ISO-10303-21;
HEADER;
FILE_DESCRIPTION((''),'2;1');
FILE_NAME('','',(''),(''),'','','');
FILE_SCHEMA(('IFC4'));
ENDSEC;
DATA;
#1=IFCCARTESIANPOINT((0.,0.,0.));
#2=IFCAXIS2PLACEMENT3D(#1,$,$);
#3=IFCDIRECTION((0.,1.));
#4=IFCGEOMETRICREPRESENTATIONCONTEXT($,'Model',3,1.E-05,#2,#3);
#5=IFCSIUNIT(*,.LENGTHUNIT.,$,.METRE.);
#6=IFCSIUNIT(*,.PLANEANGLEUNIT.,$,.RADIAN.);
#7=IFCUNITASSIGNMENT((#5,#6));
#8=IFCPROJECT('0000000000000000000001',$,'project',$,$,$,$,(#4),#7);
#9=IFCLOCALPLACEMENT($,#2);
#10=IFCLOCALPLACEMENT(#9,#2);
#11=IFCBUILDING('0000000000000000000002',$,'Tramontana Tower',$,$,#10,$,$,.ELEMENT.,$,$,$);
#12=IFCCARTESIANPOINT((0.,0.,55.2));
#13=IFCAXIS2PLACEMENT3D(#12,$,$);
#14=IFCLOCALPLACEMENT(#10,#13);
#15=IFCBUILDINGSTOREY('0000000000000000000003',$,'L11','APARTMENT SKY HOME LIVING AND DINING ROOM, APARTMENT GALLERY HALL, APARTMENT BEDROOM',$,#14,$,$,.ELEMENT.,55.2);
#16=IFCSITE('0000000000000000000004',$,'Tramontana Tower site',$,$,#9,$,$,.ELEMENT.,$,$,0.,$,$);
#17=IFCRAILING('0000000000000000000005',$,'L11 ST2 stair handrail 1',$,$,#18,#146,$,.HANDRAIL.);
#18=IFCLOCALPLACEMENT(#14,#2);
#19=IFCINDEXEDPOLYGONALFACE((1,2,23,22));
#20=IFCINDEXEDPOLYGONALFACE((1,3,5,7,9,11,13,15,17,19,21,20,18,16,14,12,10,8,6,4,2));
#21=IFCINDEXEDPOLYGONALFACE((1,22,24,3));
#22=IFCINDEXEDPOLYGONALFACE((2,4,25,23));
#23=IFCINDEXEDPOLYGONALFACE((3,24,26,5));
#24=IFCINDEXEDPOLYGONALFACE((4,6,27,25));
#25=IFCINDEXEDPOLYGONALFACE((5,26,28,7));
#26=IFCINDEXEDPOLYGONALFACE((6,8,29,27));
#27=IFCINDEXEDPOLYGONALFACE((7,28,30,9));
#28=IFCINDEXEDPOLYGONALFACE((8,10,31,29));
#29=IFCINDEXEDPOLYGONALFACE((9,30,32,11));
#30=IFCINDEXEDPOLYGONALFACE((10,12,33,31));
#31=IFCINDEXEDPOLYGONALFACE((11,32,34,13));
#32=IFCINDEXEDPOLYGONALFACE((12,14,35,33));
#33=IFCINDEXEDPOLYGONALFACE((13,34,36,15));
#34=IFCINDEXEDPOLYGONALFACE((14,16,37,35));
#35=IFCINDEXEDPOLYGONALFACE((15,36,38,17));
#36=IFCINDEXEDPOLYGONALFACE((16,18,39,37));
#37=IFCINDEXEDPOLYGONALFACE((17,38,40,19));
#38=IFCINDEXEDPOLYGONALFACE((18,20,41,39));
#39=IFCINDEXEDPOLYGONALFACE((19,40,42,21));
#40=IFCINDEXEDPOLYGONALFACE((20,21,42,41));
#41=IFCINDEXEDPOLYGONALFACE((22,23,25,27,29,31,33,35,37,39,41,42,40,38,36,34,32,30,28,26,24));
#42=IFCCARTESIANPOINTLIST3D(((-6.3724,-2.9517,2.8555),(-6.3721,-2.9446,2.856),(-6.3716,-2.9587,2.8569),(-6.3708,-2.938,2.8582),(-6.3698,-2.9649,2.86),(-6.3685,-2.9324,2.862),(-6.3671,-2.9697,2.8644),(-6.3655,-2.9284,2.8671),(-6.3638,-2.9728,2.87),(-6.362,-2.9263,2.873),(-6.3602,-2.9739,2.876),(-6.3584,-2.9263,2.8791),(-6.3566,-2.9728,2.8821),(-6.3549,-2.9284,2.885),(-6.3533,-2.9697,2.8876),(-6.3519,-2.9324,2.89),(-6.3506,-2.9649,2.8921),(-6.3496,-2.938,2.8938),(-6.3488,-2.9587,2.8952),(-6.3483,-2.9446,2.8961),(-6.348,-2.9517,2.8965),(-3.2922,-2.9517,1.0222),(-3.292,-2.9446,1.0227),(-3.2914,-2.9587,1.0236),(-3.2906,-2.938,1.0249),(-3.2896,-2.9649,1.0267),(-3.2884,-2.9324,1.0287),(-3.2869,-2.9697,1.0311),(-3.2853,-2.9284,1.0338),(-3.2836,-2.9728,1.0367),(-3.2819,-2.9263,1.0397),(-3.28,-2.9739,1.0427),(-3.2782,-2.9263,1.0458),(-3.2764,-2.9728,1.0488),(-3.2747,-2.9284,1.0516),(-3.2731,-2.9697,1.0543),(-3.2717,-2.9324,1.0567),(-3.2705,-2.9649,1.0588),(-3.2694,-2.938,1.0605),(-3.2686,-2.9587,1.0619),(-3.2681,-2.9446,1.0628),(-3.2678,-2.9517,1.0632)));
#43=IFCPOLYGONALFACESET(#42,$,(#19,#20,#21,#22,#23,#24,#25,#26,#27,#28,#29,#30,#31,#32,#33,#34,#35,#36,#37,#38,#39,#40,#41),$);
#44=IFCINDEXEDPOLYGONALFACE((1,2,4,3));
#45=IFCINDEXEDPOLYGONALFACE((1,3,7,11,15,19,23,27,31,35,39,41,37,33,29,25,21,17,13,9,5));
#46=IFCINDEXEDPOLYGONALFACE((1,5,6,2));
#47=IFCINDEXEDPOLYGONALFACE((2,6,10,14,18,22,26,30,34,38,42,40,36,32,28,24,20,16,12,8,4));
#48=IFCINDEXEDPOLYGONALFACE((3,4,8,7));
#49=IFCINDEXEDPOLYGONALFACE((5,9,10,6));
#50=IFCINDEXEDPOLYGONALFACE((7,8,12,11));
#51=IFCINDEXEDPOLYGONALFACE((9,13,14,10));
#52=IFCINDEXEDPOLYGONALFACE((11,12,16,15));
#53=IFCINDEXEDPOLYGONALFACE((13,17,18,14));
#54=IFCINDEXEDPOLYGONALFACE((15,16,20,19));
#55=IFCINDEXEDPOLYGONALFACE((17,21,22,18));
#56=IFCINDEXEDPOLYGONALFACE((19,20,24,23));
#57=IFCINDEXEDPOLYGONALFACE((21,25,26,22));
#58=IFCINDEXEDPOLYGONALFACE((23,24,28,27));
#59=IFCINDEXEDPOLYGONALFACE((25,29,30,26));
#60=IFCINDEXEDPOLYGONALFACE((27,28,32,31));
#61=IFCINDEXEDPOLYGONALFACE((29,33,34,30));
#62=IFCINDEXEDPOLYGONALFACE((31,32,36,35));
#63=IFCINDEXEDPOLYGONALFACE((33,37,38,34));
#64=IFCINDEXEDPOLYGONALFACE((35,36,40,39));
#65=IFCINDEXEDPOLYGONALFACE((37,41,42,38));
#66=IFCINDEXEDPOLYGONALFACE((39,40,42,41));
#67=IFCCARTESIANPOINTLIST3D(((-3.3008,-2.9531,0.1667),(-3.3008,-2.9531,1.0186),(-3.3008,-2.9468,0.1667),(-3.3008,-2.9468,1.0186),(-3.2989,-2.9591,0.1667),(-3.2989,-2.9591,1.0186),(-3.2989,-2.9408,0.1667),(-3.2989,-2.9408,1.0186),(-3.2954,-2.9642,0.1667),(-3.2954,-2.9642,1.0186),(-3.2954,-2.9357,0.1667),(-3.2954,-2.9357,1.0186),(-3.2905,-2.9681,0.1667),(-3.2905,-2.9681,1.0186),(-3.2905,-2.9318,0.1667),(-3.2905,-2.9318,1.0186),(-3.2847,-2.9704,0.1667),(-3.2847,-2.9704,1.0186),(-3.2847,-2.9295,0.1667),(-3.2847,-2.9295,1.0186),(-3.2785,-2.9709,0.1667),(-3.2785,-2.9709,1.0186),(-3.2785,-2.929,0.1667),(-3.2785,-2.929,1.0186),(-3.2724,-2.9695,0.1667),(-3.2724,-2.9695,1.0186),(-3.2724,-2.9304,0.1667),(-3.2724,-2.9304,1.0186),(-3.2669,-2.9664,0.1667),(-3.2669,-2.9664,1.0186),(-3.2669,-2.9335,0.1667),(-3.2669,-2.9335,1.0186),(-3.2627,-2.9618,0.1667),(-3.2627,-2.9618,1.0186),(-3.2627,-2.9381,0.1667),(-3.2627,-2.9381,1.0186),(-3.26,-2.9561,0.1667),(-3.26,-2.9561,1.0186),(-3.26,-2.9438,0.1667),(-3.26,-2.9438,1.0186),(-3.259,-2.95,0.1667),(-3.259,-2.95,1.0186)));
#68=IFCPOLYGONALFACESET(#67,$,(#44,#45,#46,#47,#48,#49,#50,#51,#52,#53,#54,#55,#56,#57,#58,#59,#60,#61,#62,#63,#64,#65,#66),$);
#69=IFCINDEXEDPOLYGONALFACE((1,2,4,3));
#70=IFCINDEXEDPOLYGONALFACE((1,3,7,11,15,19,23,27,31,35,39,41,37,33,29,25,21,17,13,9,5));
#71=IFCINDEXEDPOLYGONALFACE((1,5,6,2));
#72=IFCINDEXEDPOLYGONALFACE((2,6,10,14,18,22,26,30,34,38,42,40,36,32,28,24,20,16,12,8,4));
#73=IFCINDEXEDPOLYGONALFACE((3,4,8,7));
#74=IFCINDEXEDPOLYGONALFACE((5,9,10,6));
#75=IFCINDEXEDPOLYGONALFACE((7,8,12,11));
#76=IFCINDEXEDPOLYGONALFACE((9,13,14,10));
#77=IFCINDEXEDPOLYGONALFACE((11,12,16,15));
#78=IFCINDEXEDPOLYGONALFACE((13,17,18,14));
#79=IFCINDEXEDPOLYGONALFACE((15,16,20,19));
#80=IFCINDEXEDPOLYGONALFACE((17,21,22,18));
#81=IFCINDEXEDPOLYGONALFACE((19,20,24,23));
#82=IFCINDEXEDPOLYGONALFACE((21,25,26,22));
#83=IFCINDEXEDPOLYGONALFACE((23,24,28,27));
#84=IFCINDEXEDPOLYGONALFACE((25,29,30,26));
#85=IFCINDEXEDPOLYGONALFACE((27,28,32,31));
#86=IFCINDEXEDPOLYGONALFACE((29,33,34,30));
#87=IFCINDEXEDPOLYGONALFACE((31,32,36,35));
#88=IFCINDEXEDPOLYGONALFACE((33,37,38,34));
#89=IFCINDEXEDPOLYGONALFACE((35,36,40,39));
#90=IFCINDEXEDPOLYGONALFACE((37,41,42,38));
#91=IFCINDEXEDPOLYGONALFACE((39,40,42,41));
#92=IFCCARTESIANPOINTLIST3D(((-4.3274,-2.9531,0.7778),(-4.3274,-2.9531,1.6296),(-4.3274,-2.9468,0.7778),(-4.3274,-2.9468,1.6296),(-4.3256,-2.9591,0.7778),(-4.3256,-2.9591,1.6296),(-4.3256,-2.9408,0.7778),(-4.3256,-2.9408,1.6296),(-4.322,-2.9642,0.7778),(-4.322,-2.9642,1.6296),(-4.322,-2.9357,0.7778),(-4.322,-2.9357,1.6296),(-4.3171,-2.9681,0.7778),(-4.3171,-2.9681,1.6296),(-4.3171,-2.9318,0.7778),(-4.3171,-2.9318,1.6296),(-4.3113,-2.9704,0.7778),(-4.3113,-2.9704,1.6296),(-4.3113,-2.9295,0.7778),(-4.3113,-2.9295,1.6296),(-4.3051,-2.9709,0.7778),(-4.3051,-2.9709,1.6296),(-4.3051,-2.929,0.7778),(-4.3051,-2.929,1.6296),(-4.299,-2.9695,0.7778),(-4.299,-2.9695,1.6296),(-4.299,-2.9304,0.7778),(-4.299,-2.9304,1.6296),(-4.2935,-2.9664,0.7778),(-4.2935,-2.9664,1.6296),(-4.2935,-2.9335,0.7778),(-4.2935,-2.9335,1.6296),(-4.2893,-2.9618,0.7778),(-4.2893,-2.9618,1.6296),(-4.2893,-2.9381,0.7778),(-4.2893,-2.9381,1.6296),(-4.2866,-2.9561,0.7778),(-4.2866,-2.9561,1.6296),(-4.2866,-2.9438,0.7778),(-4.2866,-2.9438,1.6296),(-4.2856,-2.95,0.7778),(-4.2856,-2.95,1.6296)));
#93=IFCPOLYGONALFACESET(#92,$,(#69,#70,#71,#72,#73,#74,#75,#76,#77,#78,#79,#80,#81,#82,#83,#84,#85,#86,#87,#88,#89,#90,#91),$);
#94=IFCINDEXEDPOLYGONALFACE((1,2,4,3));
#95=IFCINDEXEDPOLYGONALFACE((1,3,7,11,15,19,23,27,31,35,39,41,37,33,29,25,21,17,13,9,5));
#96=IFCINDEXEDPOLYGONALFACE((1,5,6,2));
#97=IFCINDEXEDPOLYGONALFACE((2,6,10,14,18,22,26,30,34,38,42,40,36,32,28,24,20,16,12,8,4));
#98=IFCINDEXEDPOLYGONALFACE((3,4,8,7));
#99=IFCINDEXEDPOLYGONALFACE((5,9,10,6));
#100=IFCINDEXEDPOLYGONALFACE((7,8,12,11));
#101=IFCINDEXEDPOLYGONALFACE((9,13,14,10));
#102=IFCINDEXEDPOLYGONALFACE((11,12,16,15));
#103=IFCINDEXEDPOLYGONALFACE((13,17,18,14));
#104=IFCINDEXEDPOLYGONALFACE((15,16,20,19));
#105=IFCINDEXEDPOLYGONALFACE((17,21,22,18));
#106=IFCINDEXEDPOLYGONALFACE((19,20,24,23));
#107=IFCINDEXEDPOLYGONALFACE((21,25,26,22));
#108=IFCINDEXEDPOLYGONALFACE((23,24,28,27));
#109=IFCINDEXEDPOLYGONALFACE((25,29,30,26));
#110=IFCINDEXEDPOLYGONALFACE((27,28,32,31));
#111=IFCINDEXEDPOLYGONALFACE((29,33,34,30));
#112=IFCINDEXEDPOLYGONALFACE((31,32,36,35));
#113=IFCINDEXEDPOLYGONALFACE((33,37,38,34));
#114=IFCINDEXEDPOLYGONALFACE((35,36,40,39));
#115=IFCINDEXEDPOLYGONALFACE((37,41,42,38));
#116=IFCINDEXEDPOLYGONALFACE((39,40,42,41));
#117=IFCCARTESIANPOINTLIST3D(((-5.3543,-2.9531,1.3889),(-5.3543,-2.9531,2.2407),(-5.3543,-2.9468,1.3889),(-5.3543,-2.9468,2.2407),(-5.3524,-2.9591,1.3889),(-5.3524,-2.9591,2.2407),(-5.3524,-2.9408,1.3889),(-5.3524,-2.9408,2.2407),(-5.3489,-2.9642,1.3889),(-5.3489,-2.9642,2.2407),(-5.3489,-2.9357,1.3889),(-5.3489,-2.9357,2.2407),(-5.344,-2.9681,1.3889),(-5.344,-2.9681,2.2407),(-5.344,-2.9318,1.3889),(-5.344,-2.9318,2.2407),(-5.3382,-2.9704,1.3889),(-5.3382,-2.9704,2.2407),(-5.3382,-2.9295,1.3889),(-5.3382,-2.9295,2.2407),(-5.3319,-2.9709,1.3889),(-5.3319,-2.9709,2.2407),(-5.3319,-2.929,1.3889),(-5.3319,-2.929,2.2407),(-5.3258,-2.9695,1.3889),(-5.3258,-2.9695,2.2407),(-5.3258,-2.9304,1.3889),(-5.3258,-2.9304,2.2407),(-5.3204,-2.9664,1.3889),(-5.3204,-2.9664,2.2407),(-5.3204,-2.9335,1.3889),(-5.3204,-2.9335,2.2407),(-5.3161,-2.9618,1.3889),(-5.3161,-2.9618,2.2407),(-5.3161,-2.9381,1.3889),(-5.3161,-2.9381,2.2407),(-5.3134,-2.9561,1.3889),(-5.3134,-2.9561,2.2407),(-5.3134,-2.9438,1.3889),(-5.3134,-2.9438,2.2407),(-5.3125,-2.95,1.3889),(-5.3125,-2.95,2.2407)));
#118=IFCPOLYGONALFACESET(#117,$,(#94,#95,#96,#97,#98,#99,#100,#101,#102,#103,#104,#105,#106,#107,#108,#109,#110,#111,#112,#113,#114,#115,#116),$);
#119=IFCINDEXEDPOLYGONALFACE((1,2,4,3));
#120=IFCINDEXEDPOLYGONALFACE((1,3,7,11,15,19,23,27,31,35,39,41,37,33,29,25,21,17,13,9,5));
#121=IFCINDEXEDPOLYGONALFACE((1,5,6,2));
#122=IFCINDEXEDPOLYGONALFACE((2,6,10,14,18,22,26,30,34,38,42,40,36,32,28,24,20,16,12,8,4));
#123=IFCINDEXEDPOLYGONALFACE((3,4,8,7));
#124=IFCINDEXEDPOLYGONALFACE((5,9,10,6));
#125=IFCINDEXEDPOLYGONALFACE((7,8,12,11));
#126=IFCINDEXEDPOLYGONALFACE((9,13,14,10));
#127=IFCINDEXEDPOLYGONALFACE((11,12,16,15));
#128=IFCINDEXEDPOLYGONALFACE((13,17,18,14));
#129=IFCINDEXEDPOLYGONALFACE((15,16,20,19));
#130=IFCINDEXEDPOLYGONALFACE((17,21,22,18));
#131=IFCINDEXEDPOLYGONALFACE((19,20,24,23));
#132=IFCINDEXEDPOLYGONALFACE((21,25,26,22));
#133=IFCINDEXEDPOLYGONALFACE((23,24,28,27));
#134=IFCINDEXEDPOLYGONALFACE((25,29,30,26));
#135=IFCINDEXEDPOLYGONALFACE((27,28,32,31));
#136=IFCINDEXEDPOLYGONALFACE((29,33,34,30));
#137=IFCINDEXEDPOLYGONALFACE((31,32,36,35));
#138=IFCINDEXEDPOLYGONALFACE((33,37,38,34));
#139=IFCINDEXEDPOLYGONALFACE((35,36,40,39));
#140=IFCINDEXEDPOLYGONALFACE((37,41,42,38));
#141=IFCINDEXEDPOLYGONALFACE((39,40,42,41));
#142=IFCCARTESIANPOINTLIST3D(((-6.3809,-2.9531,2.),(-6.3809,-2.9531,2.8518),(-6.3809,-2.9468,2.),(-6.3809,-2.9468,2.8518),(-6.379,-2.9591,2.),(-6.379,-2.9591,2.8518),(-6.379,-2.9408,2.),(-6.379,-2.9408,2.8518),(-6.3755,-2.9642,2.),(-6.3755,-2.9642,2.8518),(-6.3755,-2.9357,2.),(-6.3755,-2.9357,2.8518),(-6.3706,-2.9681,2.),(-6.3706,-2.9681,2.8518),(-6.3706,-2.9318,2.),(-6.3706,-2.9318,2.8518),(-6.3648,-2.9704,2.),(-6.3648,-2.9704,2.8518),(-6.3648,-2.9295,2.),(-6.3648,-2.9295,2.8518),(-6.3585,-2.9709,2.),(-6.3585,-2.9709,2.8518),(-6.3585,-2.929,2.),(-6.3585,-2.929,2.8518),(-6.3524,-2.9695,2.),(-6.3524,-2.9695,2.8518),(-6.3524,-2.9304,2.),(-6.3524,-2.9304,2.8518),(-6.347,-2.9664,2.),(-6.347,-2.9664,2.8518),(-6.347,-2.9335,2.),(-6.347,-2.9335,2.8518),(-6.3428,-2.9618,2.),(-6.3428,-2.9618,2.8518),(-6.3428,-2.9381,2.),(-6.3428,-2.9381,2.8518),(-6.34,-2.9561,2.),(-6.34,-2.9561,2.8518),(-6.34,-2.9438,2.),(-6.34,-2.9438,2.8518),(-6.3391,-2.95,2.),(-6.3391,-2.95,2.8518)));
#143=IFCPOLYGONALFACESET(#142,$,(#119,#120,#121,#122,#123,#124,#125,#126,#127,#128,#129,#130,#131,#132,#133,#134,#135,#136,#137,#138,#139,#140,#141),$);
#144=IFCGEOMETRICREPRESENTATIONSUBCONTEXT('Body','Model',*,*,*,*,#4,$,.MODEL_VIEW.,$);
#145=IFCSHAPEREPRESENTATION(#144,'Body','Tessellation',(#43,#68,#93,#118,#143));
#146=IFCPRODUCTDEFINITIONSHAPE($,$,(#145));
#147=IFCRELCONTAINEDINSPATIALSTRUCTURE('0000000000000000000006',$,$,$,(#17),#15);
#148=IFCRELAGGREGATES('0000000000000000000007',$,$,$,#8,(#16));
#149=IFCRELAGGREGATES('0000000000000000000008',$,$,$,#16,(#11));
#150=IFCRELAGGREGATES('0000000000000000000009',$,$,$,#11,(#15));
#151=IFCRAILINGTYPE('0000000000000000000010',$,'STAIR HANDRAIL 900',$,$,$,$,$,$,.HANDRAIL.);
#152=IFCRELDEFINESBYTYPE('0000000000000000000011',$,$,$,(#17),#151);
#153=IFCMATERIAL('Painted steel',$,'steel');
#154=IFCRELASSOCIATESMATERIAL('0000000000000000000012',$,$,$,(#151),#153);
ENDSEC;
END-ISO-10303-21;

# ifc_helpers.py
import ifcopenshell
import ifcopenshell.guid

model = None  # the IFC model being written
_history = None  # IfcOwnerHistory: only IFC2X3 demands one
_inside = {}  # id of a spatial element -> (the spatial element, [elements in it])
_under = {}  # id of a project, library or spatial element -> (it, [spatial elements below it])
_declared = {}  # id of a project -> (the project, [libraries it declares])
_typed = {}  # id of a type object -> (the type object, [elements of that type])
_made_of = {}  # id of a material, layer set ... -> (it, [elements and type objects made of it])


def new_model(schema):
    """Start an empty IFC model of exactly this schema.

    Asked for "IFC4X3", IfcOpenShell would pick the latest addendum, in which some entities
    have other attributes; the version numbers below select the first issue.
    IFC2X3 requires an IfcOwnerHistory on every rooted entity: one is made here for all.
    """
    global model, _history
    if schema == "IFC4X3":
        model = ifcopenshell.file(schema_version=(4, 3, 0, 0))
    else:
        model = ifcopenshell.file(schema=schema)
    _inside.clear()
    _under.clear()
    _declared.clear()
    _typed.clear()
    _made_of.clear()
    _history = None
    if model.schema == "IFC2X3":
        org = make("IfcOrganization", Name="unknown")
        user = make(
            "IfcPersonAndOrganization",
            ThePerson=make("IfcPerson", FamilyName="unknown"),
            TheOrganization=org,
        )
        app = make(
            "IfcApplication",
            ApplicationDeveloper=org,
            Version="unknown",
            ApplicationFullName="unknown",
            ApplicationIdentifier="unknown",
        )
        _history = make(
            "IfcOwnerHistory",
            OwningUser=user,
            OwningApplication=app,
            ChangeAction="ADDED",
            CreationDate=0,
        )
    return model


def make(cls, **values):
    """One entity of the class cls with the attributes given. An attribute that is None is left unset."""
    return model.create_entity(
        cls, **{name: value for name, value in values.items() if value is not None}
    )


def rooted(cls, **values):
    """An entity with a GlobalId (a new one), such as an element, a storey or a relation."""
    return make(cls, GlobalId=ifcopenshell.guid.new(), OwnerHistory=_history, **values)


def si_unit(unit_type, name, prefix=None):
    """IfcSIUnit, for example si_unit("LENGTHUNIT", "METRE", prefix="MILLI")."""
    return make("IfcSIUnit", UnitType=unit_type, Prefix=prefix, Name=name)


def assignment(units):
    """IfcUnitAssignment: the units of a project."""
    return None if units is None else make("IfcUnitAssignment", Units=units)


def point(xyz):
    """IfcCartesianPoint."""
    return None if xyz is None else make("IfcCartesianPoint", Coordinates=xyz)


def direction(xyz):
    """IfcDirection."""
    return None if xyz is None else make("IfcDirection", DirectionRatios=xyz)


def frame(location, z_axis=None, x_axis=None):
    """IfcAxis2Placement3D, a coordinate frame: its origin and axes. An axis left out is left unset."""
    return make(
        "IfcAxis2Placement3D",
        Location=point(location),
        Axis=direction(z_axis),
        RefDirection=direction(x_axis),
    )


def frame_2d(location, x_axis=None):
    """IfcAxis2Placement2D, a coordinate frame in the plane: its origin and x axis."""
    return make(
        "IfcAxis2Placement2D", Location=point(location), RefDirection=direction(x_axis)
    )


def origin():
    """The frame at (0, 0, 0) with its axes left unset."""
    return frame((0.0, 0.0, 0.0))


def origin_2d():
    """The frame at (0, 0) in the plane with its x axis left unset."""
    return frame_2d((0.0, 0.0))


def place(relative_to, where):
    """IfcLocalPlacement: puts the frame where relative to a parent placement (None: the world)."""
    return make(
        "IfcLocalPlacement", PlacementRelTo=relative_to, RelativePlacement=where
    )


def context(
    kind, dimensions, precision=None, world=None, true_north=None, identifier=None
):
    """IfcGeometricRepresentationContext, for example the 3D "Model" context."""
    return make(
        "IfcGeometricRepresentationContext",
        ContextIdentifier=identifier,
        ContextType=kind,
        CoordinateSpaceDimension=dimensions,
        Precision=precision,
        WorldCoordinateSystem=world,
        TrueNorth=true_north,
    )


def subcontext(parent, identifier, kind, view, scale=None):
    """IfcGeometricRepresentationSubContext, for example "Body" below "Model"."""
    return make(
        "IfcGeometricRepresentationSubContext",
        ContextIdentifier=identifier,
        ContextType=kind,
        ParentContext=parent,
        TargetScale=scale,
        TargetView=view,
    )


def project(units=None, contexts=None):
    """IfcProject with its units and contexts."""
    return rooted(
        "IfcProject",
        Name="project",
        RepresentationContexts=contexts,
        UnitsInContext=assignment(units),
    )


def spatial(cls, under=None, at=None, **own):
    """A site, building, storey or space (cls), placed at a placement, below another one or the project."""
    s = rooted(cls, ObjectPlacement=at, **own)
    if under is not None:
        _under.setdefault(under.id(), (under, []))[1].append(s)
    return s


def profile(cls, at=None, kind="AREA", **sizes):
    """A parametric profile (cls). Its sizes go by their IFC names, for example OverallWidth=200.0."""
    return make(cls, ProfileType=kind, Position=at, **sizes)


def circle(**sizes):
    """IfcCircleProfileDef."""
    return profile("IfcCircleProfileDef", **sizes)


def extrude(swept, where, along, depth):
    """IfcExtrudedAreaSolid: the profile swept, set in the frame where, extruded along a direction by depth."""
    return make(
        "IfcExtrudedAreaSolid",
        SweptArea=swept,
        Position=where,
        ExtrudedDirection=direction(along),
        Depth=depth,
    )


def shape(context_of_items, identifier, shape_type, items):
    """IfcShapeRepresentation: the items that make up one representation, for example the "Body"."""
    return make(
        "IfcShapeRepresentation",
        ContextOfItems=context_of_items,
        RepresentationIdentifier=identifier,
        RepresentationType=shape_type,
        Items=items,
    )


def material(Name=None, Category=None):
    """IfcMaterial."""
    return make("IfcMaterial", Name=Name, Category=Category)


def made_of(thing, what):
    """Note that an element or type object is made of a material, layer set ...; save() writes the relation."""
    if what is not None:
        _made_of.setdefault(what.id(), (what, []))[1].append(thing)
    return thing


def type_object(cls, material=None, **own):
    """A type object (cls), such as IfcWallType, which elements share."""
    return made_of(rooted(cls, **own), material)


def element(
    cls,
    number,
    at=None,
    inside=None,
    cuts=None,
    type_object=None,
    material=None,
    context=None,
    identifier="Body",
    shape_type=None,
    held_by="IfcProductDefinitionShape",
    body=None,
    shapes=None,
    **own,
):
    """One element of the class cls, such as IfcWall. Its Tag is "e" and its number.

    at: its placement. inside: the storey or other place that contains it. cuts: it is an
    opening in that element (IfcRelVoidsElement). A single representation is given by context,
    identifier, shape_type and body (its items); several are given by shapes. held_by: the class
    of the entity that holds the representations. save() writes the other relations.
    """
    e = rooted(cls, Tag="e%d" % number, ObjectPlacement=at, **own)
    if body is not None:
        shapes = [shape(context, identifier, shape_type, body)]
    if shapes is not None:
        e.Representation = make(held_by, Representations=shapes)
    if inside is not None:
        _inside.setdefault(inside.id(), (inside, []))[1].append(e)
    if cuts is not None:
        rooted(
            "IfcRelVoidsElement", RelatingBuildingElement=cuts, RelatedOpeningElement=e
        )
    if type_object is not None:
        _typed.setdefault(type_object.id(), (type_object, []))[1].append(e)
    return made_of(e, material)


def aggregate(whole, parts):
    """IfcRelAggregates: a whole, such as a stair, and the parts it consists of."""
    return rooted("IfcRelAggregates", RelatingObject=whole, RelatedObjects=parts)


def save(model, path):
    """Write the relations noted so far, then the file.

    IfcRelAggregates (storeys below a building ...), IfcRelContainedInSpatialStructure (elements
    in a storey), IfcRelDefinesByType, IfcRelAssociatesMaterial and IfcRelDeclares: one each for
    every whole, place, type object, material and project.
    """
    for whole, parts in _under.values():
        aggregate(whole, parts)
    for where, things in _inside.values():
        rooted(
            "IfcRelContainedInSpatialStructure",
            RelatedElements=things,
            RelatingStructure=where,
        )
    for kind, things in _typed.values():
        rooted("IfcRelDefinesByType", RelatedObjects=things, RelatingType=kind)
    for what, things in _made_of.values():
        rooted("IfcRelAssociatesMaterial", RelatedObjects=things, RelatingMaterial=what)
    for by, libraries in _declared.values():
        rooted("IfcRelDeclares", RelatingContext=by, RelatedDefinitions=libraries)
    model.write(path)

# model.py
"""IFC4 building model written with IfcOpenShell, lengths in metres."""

from ifc_helpers import new_model, si_unit, direction, frame, origin, origin_2d, place, context, subcontext, project, spatial, circle, extrude, material, type_object, element, save


model = new_model("IFC4")

# Units and contexts
model_context = context("Model", 3, precision=1e-05, world=origin(), true_north=direction((0.0, 1.0)))
body_context = subcontext(model_context, "Body", "Model", "MODEL_VIEW")
ifc_project = project(units=[si_unit("LENGTHUNIT", "METRE"), si_unit("PLANEANGLEUNIT", "RADIAN")], contexts=[model_context])

# Site, building, storey
site_placement = place(None, origin())
site = spatial("IfcSite", under=ifc_project, at=site_placement, Name="Tramontana Tower site", CompositionType="ELEMENT", RefElevation=0.0)
building_placement = place(site_placement, origin())
building = spatial("IfcBuilding", under=site, at=building_placement, Name="Tramontana Tower", CompositionType="ELEMENT")
storey_placement = place(building_placement, frame((0.0, 0.0, 55.2)))
storey = spatial("IfcBuildingStorey", under=building, at=storey_placement, Name="L11", Description="APARTMENT SKY HOME LIVING AND DINING ROOM, APARTMENT GALLERY HALL, APARTMENT BEDROOM", CompositionType="ELEMENT", Elevation=55.2)

# Railing
ifc_material_1 = material(Name="Painted steel", Category="steel")
railing_type_1 = type_object("IfcRailingType", Name="STAIR HANDRAIL 900", PredefinedType="HANDRAIL", material=ifc_material_1)
railing_1_placement = place(storey_placement, frame((-3.28, -2.95, 0.1667)))
element("IfcRailing", 1, at=railing_1_placement, inside=storey, type_object=railing_type_1, Name="L11 ST2 stair handrail 1", PredefinedType="HANDRAIL", context=body_context, shape_type="SweptSolid", body=[
    extrude(circle(Radius=0.0239, at=origin_2d()), frame((0.0, 0.0, 0.876), z_axis=(-0.859309, 0.0, 0.511458), x_axis=(0.0, -1.0, 0.0)), (0.0, 0.0, 1.0), 3.5845),
    extrude(circle(Radius=0.021, at=origin_2d()), origin(), (0.0, 0.0, 1.0), 0.8518),
    extrude(circle(Radius=0.021, at=origin_2d()), frame((-1.0266, 0.0, 0.6111)), (0.0, 0.0, 1.0), 0.8518),
    extrude(circle(Radius=0.021, at=origin_2d()), frame((-2.0535, 0.0, 1.2222)), (0.0, 0.0, 1.0), 0.8518),
    extrude(circle(Radius=0.021, at=origin_2d()), frame((-3.0801, 0.0, 1.8333)), (0.0, 0.0, 1.0), 0.8518),
])

save(model, "model.ifc")
